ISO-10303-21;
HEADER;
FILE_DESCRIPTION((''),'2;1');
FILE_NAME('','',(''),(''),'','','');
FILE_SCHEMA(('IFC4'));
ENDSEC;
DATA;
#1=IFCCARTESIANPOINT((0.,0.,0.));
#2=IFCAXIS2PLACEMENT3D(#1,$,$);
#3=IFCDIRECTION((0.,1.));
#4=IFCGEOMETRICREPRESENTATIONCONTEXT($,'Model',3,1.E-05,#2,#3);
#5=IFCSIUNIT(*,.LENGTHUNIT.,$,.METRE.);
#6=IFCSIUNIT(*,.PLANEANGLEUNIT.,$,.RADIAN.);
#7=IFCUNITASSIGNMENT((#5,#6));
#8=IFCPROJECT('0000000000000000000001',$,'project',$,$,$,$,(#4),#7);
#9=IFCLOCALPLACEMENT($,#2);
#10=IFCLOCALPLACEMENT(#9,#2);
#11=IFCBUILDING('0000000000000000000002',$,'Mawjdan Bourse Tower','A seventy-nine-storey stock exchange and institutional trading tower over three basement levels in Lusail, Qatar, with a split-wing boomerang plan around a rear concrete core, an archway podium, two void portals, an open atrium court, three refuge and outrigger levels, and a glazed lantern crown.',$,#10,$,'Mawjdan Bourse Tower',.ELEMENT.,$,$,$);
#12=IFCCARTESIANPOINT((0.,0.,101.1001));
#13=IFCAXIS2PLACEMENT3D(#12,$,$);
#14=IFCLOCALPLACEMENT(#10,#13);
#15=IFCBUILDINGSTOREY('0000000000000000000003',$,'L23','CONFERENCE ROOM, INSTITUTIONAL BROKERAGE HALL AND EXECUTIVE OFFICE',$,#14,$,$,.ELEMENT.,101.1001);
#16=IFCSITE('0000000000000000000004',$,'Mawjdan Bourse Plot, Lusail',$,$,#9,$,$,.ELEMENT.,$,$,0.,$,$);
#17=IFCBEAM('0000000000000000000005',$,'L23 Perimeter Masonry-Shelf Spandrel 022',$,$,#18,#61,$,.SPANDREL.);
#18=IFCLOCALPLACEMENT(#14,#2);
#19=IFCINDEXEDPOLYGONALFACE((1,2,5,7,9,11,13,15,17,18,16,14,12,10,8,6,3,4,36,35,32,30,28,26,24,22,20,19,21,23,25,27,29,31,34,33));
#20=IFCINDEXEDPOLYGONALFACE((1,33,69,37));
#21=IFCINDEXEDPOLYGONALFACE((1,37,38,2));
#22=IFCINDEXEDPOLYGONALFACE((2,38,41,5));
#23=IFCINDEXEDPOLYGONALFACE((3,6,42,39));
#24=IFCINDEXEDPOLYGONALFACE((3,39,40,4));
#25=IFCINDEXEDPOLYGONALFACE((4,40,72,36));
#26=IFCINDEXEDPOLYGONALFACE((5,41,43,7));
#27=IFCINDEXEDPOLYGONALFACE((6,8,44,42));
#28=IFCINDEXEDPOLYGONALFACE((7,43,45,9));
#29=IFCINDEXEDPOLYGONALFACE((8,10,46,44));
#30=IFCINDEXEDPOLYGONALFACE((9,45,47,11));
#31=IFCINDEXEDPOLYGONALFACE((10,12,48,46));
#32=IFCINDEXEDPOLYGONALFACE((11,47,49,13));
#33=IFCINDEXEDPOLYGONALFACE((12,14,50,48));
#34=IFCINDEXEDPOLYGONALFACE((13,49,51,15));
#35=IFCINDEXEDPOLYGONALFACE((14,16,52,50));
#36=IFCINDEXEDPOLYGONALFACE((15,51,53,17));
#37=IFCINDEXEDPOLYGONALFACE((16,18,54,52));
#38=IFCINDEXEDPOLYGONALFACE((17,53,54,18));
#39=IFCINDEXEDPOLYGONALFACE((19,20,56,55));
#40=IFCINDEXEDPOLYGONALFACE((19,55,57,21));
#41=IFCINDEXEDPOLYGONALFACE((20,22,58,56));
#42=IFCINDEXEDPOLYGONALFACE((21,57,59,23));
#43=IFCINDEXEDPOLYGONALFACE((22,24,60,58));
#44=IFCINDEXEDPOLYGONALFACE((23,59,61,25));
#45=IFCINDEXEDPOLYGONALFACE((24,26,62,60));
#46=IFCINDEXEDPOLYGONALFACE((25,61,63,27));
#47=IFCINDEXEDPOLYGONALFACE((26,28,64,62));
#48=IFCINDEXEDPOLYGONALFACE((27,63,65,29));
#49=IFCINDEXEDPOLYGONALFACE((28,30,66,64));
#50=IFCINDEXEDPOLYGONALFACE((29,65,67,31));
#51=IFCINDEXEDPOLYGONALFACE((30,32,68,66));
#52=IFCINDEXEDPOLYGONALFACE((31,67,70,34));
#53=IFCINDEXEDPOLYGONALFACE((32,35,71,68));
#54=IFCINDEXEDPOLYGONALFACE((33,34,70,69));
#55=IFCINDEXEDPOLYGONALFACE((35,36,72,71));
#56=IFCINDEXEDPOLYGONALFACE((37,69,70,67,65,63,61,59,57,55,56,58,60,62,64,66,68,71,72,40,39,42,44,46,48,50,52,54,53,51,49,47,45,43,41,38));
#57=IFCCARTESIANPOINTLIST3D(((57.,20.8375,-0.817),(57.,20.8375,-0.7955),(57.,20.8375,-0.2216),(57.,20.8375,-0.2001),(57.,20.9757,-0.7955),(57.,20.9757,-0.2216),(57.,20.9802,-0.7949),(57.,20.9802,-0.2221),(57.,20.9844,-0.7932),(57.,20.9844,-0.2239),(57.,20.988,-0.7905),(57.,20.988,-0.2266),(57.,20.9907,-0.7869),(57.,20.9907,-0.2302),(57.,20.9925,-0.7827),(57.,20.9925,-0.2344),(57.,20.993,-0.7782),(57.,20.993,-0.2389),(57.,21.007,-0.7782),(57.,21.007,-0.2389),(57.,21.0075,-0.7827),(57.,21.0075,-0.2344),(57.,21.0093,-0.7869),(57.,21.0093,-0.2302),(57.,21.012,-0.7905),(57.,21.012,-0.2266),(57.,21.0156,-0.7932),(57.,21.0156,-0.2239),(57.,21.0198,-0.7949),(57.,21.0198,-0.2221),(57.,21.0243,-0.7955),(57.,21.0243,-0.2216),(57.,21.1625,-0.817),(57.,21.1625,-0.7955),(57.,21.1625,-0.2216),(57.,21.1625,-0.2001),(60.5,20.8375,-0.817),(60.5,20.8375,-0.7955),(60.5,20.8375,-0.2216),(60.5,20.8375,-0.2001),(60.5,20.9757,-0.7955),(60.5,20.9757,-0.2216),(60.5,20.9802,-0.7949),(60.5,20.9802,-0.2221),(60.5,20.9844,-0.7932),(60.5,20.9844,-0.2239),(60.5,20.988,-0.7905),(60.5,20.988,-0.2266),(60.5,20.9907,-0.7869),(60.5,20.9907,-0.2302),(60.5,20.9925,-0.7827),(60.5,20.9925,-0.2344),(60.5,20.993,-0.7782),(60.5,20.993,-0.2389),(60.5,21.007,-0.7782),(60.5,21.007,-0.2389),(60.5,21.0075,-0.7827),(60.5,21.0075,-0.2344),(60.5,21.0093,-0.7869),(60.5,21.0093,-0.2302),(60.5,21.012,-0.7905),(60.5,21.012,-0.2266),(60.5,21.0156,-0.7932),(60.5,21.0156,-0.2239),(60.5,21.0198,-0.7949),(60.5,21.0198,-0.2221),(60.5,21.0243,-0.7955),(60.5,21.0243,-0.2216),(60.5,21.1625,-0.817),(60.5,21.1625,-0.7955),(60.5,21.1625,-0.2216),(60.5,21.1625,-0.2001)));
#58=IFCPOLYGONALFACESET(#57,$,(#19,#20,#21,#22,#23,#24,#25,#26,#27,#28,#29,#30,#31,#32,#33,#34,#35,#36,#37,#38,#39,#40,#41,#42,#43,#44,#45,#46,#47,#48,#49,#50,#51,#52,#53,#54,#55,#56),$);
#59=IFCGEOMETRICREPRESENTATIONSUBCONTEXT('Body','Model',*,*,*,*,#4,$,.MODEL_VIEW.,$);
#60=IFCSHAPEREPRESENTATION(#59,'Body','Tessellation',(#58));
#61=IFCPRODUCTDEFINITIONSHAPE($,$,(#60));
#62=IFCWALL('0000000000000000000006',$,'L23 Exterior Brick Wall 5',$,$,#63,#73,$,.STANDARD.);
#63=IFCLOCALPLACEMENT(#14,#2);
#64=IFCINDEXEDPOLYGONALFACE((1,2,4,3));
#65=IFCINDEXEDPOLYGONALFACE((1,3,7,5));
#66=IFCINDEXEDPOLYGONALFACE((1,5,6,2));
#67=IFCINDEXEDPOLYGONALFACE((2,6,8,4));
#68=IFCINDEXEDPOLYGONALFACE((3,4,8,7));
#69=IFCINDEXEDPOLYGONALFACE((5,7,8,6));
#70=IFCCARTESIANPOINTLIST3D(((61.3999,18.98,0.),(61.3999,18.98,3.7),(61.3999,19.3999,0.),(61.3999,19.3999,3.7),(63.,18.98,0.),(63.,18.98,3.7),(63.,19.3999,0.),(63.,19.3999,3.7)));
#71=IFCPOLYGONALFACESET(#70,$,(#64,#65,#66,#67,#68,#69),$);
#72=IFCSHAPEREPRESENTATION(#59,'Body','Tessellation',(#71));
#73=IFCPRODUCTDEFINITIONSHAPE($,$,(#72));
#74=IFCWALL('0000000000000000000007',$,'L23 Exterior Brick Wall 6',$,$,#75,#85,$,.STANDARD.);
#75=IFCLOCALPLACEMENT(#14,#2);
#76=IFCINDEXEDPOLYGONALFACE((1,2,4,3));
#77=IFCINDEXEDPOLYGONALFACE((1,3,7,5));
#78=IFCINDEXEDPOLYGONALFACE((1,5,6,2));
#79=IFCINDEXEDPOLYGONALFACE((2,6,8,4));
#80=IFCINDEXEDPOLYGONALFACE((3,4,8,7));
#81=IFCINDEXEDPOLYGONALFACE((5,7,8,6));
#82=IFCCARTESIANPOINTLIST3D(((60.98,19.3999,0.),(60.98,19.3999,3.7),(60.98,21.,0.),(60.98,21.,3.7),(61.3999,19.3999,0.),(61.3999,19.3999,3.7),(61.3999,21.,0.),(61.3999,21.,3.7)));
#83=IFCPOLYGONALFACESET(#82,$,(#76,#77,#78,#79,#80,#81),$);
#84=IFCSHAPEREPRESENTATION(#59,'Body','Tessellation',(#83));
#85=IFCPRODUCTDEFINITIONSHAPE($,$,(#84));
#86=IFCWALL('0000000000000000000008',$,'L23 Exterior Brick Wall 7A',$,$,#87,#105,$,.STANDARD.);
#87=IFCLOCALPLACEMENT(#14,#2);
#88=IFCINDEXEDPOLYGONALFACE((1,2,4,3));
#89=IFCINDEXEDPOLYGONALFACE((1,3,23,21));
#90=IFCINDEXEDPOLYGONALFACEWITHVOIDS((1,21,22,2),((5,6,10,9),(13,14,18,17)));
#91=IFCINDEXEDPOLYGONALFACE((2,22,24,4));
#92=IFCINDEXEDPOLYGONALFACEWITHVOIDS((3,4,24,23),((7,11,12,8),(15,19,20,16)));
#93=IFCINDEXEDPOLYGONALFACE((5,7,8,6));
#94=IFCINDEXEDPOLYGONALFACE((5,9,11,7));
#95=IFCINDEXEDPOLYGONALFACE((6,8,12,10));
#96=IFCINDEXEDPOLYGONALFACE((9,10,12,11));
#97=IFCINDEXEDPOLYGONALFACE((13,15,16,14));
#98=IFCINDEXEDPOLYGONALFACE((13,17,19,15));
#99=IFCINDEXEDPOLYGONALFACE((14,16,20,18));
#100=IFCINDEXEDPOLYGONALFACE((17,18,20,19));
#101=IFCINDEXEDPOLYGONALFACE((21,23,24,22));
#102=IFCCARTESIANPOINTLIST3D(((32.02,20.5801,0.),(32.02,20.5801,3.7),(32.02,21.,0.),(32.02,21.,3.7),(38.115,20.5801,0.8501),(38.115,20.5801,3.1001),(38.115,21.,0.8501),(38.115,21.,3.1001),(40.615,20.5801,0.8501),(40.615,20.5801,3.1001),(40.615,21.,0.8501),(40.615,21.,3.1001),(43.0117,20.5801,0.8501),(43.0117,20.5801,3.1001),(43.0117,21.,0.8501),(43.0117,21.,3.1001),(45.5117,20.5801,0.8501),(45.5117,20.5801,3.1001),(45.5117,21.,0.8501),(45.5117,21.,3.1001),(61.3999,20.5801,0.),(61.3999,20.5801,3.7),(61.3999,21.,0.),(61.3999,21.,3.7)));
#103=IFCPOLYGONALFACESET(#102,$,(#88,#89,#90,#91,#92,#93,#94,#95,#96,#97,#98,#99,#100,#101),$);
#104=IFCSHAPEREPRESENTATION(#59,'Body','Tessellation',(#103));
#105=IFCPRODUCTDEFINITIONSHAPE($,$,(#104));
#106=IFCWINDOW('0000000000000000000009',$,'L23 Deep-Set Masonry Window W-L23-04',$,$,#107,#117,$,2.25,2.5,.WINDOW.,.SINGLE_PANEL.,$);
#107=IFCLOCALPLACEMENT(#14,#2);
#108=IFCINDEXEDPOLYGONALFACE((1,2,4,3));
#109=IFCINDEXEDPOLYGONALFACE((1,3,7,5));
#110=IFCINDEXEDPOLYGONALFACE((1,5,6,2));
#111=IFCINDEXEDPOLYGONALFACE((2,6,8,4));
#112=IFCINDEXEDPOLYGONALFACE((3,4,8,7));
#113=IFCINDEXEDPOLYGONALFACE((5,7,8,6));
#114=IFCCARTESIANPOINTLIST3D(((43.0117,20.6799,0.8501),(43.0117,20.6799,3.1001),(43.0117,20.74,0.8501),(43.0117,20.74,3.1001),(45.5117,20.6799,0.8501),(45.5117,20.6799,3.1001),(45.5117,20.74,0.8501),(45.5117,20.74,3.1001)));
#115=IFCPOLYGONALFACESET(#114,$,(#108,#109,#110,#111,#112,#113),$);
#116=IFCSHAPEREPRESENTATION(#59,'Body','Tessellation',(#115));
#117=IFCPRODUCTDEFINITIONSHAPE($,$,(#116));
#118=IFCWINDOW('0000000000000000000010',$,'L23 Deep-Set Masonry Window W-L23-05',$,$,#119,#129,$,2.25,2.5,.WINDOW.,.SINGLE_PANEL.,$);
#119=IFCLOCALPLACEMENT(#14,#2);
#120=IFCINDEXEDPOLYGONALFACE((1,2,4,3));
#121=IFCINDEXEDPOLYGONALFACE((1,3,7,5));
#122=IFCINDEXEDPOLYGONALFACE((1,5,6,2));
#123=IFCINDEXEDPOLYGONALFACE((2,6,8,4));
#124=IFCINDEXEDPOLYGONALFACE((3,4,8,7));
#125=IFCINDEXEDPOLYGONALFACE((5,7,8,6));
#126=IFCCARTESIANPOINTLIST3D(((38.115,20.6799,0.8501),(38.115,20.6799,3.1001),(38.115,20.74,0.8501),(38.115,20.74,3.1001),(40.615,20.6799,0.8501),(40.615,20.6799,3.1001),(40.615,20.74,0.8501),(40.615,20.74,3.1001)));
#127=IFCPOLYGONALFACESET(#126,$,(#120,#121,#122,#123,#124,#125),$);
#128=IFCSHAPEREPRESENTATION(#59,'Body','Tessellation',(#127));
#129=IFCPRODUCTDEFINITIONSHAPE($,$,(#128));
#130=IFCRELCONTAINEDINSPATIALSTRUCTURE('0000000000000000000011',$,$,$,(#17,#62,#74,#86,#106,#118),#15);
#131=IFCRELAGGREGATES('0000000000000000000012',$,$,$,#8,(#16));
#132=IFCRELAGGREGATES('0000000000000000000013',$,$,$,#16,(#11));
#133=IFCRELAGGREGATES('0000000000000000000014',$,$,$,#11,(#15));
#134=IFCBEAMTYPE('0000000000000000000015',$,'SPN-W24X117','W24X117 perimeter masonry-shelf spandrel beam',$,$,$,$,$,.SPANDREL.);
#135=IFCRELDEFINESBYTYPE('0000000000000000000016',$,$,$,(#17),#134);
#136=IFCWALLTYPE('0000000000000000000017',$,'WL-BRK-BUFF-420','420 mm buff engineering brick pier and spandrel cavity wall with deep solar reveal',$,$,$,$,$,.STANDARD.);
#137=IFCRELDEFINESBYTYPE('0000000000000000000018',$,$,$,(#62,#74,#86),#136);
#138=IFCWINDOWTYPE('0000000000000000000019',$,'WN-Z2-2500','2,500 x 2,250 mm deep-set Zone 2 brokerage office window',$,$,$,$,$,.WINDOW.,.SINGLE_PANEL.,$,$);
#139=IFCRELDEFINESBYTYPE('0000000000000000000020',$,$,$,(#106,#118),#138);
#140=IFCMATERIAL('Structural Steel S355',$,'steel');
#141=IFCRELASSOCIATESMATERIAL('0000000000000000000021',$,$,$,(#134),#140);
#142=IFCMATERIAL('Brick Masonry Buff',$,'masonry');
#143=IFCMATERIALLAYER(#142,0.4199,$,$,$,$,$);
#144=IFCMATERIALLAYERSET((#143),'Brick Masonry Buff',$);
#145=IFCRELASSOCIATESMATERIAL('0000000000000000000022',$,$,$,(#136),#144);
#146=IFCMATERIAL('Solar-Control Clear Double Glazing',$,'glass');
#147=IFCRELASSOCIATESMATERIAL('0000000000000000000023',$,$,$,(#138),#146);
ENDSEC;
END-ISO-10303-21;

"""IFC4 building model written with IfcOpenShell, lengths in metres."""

from ifc_helpers import new_model, si_unit, direction, frame, frame_2d, origin, origin_2d, place, context, subcontext, project, spatial, rectangle, i_section, extrude, material, layer, layer_set, material_profile, profile_set, type_object, element, fill, save


model = new_model("IFC4")

# Units and contexts
model_context = context("Model", 3, precision=1e-05, world=origin(), true_north=direction((0.0, 1.0)))
body_context = subcontext(model_context, "Body", "Model", "MODEL_VIEW")
ifc_project = project(units=[si_unit("LENGTHUNIT", "METRE"), si_unit("PLANEANGLEUNIT", "RADIAN")], contexts=[model_context])

# Site, building, storey
site_placement = place(None, origin())
site = spatial("IfcSite", under=ifc_project, at=site_placement, Name="Mawjdan Bourse Plot, Lusail", CompositionType="ELEMENT", RefElevation=0.0)
building_placement = place(site_placement, origin())
building = spatial("IfcBuilding", under=site, at=building_placement, Name="Mawjdan Bourse Tower", Description="A seventy-nine-storey stock exchange and institutional trading tower over three basement levels in Lusail, Qatar, with a split-wing boomerang plan around a rear concrete core, an archway podium, two void portals, an open atrium court, three refuge and outrigger levels, and a glazed lantern crown.", LongName="Mawjdan Bourse Tower", CompositionType="ELEMENT")
storey_placement = place(building_placement, frame((0.0, 0.0, 101.1001)))
storey = spatial("IfcBuildingStorey", under=building, at=storey_placement, Name="L23", Description="CONFERENCE ROOM, INSTITUTIONAL BROKERAGE HALL AND EXECUTIVE OFFICE", CompositionType="ELEMENT", Elevation=101.1001)

# Beam
ifc_material_1 = material(Name="Structural Steel S355", Category="steel")
ifc_material_profile_1 = material_profile(ifc_material_1, i_section(OverallWidth=0.325, OverallDepth=0.6169, WebThickness=0.0139, FlangeThickness=0.0215, FilletRadius=0.0173, at=origin_2d()), Name="W24X117")
ifc_profile_set_1 = profile_set([ifc_material_profile_1], Name="Structural Steel S355")
beam_type_1 = type_object("IfcBeamType", Name="SPN-W24X117", Description="W24X117 perimeter masonry-shelf spandrel beam", PredefinedType="SPANDREL", material=ifc_profile_set_1)
beam_1_placement = place(storey_placement, frame((57.0, 21.0, -0.5085), z_axis=(1.0, 0.0, 0.0), x_axis=(0.0, 1.0, 0.0)))
element("IfcBeam", 1, at=beam_1_placement, inside=storey, type_object=beam_type_1, Name="L23 Perimeter Masonry-Shelf Spandrel 022", PredefinedType="SPANDREL", context=body_context, shape_type="SweptSolid", body=[
    extrude(i_section(OverallWidth=0.325, OverallDepth=0.6169, WebThickness=0.0139, FlangeThickness=0.0215, FilletRadius=0.0173, at=origin_2d()), origin(), (0.0, 0.0, 1.0), 3.5),
])

# Walls
ifc_material_2 = material(Name="Brick Masonry Buff", Category="masonry")
ifc_layer_1 = layer(ifc_material_2, 0.4199)
ifc_layer_set_1 = layer_set([ifc_layer_1], Name="Brick Masonry Buff")
wall_type_1 = type_object("IfcWallType", Name="WL-BRK-BUFF-420", Description="420 mm buff engineering brick pier and spandrel cavity wall with deep solar reveal", PredefinedType="STANDARD", material=ifc_layer_set_1)
for number, where, z_axis, x_axis, name in (
    (2, (63.0, 19.1899, 0.0), (0.0, 0.0, 1.0), (-1.0, 0.0, 0.0), "L23 Exterior Brick Wall 5"),
    (3, (61.1899, 19.3999, 0.0), (0.0, 0.0, 1.0), (0.0, 1.0, 0.0), "L23 Exterior Brick Wall 6"),
):
    element("IfcWall", number, at=place(storey_placement, frame(where, z_axis=z_axis, x_axis=x_axis)), inside=storey, type_object=wall_type_1, Name=name, PredefinedType="STANDARD", context=body_context, shape_type="SweptSolid", body=[
        extrude(rectangle(XDim=1.6001, YDim=0.4199, at=frame_2d((0.8, 0.0))), origin(), (0.0, 0.0, 1.0), 3.7),
    ])

# Wall, openings, windows
wall_1_placement = place(storey_placement, frame((61.3999, 20.79, 0.0), z_axis=(0.0, 0.0, 1.0), x_axis=(-1.0, 0.0, 0.0)))
wall_1 = element("IfcWall", 4, at=wall_1_placement, inside=storey, type_object=wall_type_1, Name="L23 Exterior Brick Wall 7A", PredefinedType="STANDARD", context=body_context, shape_type="SweptSolid", body=[
    extrude(rectangle(XDim=29.3799, YDim=0.4199, at=frame_2d((14.6899, 0.0))), origin(), (0.0, 0.0, 1.0), 3.7),
])
opening_1_placement = place(wall_1_placement, frame((15.8882, 0.0, 0.8501)))
opening_1 = element("IfcOpeningElement", 5, at=opening_1_placement, cuts=wall_1, PredefinedType="OPENING", context=body_context, shape_type="SweptSolid", body=[
    extrude(rectangle(XDim=2.5, YDim=2.25, at=frame_2d((1.25, 1.125))), frame((0.0, 0.22, 0.0), z_axis=(0.0, -1.0, 0.0), x_axis=(1.0, 0.0, 0.0)), (0.0, 0.0, 1.0), 0.4399),
])
opening_2_placement = place(wall_1_placement, frame((20.7849, 0.0, 0.8501)))
opening_2 = element("IfcOpeningElement", 6, at=opening_2_placement, cuts=wall_1, PredefinedType="OPENING", context=body_context, shape_type="SweptSolid", body=[
    extrude(rectangle(XDim=2.5, YDim=2.25, at=frame_2d((1.25, 1.125))), frame((0.0, 0.22, 0.0), z_axis=(0.0, -1.0, 0.0), x_axis=(1.0, 0.0, 0.0)), (0.0, 0.0, 1.0), 0.4399),
])
ifc_material_3 = material(Name="Solar-Control Clear Double Glazing", Category="glass")
window_type = type_object("IfcWindowType", Name="WN-Z2-2500", Description="2,500 x 2,250 mm deep-set Zone 2 brokerage office window", PartitioningType="SINGLE_PANEL", PredefinedType="WINDOW", material=ifc_material_3)
window_1_placement = place(opening_1_placement, origin())
window_1 = element("IfcWindow", 7, at=window_1_placement, inside=storey, type_object=window_type, Name="L23 Deep-Set Masonry Window W-L23-04", OverallHeight=2.25, OverallWidth=2.5, PartitioningType="SINGLE_PANEL", PredefinedType="WINDOW", context=body_context, shape_type="SweptSolid", body=[
    extrude(rectangle(XDim=2.5, YDim=2.25, at=frame_2d((1.25, 1.125))), frame((0.0, 0.1101, 0.0), z_axis=(0.0, -1.0, 0.0), x_axis=(1.0, 0.0, 0.0)), (0.0, 0.0, 1.0), 0.0601),
])
fill(opening_1, window_1)
window_2_placement = place(opening_2_placement, origin())
window_2 = element("IfcWindow", 8, at=window_2_placement, inside=storey, type_object=window_type, Name="L23 Deep-Set Masonry Window W-L23-05", OverallHeight=2.25, OverallWidth=2.5, PartitioningType="SINGLE_PANEL", PredefinedType="WINDOW", context=body_context, shape_type="SweptSolid", body=[
    extrude(rectangle(XDim=2.5, YDim=2.25, at=frame_2d((1.25, 1.125))), frame((0.0, 0.1101, 0.0), z_axis=(0.0, -1.0, 0.0), x_axis=(1.0, 0.0, 0.0)), (0.0, 0.0, 1.0), 0.0601),
])
fill(opening_2, window_2)

save(model, "model.ifc")
